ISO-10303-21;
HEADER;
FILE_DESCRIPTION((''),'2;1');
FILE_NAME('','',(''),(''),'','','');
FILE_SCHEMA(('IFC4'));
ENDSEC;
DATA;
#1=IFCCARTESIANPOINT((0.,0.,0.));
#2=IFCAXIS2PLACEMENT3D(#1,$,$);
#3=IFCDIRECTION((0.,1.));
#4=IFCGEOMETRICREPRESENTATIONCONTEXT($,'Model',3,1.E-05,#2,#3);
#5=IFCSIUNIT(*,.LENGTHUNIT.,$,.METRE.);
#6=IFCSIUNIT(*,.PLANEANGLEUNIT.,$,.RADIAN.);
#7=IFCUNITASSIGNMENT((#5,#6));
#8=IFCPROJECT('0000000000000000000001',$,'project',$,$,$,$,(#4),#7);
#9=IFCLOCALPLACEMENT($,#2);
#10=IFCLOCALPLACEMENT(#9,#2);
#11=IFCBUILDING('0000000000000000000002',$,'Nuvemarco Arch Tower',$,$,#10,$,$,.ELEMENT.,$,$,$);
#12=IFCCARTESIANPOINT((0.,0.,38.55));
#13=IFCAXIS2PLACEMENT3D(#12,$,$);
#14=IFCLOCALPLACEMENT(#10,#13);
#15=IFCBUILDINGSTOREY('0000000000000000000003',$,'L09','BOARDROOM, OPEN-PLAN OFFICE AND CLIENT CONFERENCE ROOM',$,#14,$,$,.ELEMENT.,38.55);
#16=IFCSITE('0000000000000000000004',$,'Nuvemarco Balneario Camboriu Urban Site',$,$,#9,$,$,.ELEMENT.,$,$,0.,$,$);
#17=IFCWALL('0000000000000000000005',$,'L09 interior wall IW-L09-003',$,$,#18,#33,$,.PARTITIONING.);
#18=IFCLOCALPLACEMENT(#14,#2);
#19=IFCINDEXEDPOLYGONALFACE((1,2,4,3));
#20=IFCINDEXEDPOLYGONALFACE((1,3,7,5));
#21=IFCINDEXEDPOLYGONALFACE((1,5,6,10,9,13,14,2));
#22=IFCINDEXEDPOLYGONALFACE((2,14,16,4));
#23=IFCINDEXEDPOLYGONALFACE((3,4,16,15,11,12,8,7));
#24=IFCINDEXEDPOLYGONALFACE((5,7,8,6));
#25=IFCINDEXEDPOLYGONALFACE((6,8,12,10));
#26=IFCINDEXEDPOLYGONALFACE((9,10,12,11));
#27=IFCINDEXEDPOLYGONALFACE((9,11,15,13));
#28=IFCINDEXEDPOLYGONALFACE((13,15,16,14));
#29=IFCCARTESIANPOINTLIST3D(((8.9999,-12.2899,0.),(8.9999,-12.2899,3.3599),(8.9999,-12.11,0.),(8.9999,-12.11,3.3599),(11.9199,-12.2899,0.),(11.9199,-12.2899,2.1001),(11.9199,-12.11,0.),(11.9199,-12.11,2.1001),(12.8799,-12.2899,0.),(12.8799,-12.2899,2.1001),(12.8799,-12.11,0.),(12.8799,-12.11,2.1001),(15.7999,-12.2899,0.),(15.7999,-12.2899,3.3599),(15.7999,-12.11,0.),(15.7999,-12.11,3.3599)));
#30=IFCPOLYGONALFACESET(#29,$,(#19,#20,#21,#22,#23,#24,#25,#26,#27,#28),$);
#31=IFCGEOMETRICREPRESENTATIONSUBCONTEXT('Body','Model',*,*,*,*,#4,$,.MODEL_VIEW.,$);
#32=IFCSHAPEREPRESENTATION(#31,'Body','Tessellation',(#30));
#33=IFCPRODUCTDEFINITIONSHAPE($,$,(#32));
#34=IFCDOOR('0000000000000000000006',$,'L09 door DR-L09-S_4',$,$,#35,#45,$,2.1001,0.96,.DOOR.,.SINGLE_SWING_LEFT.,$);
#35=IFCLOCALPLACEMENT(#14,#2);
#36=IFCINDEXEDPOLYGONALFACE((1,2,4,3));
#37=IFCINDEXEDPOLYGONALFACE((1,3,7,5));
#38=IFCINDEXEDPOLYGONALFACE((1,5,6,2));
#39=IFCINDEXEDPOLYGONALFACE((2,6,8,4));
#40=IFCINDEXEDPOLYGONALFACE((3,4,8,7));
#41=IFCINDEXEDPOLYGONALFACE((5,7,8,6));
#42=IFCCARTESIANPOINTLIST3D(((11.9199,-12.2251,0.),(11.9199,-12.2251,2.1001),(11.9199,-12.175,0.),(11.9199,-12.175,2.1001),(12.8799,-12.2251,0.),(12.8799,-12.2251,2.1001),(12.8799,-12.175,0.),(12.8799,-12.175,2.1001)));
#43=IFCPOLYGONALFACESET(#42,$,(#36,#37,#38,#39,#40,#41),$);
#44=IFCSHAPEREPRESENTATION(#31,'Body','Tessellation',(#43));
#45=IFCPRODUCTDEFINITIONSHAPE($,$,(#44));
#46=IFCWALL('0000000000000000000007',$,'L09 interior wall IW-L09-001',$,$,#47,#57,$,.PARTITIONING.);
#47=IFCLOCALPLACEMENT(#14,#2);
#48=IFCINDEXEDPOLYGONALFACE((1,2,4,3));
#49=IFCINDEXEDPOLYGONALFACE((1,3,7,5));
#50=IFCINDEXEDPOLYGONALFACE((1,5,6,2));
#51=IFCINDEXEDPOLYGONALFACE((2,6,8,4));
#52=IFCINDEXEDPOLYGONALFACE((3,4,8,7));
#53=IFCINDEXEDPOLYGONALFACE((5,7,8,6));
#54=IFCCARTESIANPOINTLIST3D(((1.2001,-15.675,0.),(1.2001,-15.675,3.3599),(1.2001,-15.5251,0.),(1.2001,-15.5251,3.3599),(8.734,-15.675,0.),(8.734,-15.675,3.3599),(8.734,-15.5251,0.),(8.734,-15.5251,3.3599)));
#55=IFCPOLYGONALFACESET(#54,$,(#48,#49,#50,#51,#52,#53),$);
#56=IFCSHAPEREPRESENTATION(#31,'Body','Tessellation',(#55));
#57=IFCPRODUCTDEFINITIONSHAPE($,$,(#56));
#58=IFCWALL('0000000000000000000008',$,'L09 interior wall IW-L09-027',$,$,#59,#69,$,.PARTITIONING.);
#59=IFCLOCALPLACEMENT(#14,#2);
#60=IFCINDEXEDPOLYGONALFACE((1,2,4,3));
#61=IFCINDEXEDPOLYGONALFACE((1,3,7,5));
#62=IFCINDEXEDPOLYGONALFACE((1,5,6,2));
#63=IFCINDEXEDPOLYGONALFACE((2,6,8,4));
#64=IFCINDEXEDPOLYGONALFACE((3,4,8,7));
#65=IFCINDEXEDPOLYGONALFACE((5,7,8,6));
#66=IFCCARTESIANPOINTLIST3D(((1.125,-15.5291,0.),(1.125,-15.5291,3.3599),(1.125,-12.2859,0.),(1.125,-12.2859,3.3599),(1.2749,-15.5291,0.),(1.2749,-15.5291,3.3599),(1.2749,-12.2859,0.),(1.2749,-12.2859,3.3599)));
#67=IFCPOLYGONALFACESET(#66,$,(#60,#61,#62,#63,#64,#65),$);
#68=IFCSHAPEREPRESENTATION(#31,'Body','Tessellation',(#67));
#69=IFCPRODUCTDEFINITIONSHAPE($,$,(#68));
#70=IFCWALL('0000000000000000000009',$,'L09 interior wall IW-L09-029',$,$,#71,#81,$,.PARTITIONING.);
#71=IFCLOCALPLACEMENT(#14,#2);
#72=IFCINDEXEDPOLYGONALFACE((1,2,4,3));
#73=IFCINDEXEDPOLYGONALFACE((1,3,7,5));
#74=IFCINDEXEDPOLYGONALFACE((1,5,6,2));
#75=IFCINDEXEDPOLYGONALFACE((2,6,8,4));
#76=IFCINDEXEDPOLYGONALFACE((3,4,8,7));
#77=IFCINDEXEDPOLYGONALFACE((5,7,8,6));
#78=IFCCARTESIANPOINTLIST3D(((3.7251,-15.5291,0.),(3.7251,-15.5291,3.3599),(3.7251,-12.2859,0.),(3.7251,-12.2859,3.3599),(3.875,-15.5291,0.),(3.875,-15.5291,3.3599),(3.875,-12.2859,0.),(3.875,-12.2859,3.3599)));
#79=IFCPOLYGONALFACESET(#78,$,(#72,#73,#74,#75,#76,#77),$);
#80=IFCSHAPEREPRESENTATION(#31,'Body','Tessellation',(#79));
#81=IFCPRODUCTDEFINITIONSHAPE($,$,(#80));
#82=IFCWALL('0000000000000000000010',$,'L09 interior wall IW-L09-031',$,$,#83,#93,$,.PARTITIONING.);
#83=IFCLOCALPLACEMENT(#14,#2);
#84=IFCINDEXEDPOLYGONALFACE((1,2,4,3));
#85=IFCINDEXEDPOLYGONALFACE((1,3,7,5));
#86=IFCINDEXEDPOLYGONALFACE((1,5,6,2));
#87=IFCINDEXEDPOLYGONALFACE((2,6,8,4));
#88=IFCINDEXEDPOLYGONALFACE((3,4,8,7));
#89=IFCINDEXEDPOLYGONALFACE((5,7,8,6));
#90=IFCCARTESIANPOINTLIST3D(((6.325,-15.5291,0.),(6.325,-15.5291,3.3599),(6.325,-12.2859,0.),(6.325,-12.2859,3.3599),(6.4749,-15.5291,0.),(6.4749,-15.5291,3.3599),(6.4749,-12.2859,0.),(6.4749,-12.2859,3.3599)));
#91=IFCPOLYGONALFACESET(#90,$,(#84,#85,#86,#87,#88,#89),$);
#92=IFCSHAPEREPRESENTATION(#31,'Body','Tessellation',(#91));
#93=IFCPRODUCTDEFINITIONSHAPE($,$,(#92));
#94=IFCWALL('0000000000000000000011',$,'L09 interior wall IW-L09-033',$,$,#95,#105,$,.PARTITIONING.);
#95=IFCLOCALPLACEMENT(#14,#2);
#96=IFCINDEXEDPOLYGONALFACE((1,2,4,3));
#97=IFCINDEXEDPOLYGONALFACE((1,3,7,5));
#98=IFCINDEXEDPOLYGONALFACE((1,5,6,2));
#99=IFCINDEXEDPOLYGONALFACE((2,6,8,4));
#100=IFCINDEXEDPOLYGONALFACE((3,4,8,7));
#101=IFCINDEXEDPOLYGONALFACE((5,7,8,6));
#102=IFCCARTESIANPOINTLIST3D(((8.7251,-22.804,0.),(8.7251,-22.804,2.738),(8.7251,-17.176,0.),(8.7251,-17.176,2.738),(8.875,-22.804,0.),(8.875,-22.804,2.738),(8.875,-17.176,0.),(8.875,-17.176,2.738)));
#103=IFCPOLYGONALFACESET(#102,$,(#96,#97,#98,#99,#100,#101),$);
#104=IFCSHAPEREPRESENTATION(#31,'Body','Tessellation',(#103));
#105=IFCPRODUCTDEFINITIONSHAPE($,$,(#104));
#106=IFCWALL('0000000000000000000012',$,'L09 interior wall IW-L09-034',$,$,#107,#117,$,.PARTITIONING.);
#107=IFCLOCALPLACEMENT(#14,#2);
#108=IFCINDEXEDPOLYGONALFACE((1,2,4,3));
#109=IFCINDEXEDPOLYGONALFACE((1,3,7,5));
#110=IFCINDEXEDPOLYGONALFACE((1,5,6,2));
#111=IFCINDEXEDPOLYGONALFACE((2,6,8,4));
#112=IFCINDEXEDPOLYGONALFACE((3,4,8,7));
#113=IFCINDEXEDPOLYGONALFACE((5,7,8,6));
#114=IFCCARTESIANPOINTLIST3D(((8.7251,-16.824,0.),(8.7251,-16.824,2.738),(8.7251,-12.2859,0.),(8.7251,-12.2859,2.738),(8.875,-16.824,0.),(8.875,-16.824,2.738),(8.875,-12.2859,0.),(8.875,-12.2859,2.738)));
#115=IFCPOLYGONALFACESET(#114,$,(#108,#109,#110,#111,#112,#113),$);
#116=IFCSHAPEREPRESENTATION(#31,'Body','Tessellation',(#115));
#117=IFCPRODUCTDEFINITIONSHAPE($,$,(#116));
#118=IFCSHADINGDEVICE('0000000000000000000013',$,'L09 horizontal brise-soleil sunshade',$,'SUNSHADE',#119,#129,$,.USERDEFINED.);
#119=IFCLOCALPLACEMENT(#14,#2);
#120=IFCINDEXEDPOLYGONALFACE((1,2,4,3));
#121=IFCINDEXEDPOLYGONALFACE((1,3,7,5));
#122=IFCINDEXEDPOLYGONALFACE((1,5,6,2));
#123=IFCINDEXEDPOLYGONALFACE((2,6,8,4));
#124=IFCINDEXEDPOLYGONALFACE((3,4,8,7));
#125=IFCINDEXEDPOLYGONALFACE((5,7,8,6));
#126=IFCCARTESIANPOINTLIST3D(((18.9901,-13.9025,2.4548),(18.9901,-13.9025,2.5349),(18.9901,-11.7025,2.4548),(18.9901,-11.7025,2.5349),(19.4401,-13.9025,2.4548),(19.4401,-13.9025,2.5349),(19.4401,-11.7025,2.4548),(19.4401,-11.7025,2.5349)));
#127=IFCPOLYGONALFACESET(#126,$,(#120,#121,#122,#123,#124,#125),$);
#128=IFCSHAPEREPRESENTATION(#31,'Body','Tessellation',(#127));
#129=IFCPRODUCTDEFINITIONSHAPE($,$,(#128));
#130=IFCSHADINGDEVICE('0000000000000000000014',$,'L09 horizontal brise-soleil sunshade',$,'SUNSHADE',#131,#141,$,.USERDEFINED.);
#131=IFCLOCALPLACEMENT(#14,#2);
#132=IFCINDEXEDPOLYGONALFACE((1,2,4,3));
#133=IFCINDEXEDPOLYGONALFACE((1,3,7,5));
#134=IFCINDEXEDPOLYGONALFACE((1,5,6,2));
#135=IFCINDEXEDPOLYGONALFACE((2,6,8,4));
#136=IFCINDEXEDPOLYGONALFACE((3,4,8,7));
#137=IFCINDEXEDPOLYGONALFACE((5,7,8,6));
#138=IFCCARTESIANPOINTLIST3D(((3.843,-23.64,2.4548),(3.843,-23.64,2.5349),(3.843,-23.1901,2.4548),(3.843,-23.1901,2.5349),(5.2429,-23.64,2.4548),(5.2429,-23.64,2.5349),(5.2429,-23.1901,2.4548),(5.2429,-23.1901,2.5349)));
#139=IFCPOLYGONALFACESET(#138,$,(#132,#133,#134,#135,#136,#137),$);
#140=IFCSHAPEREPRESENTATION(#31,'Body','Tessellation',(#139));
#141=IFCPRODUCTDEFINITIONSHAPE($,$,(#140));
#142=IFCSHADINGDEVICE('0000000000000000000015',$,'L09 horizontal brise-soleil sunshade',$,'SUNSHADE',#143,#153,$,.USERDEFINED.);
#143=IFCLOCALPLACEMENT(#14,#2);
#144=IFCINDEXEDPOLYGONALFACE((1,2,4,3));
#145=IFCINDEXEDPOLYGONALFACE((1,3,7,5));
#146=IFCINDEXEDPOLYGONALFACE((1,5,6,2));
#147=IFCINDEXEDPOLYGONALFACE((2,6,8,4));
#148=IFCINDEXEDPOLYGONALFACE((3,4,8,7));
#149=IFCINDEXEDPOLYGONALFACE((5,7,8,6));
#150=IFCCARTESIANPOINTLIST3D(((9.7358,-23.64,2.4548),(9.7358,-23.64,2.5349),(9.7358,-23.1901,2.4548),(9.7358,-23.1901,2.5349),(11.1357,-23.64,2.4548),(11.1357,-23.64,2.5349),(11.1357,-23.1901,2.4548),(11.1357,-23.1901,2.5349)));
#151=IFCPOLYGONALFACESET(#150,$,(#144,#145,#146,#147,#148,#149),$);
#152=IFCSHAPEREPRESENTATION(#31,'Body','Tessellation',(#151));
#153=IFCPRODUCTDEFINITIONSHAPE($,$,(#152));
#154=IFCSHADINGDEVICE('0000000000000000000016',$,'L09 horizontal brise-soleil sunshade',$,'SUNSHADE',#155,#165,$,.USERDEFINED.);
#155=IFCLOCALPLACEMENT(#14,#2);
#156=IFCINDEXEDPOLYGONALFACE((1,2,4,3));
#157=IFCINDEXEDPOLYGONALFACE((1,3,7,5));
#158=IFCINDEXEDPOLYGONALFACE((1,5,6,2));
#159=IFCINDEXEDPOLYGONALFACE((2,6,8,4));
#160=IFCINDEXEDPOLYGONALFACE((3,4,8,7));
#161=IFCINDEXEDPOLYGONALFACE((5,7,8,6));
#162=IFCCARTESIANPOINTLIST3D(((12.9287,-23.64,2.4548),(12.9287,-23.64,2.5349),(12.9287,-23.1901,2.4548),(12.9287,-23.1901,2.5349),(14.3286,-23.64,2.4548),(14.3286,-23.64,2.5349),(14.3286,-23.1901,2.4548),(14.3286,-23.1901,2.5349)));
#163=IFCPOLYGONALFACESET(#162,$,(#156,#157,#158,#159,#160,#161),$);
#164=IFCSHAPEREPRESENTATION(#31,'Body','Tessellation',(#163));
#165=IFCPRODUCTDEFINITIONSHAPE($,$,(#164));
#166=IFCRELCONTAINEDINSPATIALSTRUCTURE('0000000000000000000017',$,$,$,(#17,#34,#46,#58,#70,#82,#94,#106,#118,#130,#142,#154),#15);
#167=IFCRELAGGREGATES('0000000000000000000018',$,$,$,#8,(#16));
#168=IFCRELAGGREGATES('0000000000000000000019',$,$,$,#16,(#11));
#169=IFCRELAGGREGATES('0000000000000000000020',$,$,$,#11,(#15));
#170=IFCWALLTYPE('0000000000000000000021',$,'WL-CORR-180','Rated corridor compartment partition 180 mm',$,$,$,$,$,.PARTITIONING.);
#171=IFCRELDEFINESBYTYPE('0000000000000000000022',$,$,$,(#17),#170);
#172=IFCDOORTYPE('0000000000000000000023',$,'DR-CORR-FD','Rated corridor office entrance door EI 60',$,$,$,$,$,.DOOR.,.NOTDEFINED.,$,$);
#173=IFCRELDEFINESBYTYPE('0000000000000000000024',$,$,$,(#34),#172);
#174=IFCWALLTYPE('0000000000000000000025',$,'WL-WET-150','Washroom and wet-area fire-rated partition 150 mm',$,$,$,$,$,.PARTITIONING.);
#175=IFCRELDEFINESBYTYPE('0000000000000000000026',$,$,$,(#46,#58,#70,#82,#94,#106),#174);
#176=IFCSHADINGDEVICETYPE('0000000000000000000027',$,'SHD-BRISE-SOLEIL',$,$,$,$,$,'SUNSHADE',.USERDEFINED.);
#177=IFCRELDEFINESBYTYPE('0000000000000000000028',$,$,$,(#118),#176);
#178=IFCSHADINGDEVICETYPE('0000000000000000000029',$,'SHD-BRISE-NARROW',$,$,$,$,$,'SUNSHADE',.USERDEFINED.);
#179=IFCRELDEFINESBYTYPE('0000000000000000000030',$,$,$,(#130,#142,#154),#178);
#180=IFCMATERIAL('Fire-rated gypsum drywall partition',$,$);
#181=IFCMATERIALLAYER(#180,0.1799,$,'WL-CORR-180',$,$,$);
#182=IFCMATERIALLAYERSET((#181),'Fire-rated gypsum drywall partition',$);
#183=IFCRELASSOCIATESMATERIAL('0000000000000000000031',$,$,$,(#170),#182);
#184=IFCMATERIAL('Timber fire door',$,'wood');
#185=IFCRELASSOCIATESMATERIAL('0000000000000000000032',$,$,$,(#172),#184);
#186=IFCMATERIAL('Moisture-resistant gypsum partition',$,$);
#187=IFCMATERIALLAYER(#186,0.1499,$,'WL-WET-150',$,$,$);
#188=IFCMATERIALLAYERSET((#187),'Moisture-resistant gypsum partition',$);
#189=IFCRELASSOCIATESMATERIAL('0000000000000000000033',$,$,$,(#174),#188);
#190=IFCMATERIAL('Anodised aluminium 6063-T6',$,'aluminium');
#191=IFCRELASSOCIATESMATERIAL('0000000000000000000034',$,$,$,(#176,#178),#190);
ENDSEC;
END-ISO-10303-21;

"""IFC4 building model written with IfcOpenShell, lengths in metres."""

from ifc_helpers import new_model, si_unit, direction, frame, frame_2d, origin, origin_2d, place, context, subcontext, project, spatial, rectangle, extrude, source, transform, mapped, material, layer, layer_set, type_object, type_shapes, element, fill, save


model = new_model("IFC4")

# Units and contexts
model_context = context("Model", 3, precision=1e-05, world=origin(), true_north=direction((0.0, 1.0)))
body_context = subcontext(model_context, "Body", "Model", "MODEL_VIEW")
ifc_project = project(units=[si_unit("LENGTHUNIT", "METRE"), si_unit("PLANEANGLEUNIT", "RADIAN")], contexts=[model_context])

# Site, building, storey
site_placement = place(None, origin())
site = spatial("IfcSite", under=ifc_project, at=site_placement, Name="Nuvemarco Balneario Camboriu Urban Site", CompositionType="ELEMENT", RefElevation=0.0)
building_placement = place(site_placement, origin())
building = spatial("IfcBuilding", under=site, at=building_placement, Name="Nuvemarco Arch Tower", CompositionType="ELEMENT")
storey_placement = place(building_placement, frame((0.0, 0.0, 38.55)))
storey = spatial("IfcBuildingStorey", under=building, at=storey_placement, Name="L09", Description="BOARDROOM, OPEN-PLAN OFFICE AND CLIENT CONFERENCE ROOM", CompositionType="ELEMENT", Elevation=38.55)

# Wall, opening, door
ifc_material_1 = material(Name="Fire-rated gypsum drywall partition")
ifc_layer_1 = layer(ifc_material_1, 0.1799, Name="WL-CORR-180")
ifc_layer_set_1 = layer_set([ifc_layer_1], Name="Fire-rated gypsum drywall partition")
wall_type_1 = type_object("IfcWallType", Name="WL-CORR-180", Description="Rated corridor compartment partition 180 mm", PredefinedType="PARTITIONING", material=ifc_layer_set_1)
wall_1_placement = place(storey_placement, frame((9.0, -12.2, 0.0), z_axis=(0.0, 0.0, 1.0), x_axis=(1.0, 0.0, 0.0)))
wall_1 = element("IfcWall", 1, at=wall_1_placement, inside=storey, type_object=wall_type_1, Name="L09 interior wall IW-L09-003", PredefinedType="PARTITIONING", context=body_context, shape_type="SweptSolid", body=[
    extrude(rectangle(XDim=6.8, YDim=0.1799, at=frame_2d((3.3999, 0.0))), origin(), (0.0, 0.0, 1.0), 3.3599),
])
opening_1_placement = place(wall_1_placement, frame((2.9199, 0.0, 0.0)))
opening_1 = element("IfcOpeningElement", 2, at=opening_1_placement, cuts=wall_1, PredefinedType="OPENING", context=body_context, shape_type="SweptSolid", body=[
    extrude(rectangle(XDim=0.96, YDim=2.1001, at=frame_2d((0.48, 1.05))), frame((0.0, 0.0999, 0.0), z_axis=(0.0, -1.0, 0.0), x_axis=(1.0, 0.0, 0.0)), (0.0, 0.0, 1.0), 0.2),
])
ifc_material_2 = material(Name="Timber fire door", Category="wood")
door_type = type_object("IfcDoorType", Name="DR-CORR-FD", Description="Rated corridor office entrance door EI 60", OperationType="NOTDEFINED", PredefinedType="DOOR", material=ifc_material_2)
shared_shape_1 = source(origin(), body_context, "Body", "SweptSolid", [
    extrude(rectangle(XDim=0.96, YDim=2.1001, at=frame_2d((0.48, 1.05))), frame((0.0, 0.0249, 0.0), z_axis=(0.0, -1.0, 0.0), x_axis=(1.0, 0.0, 0.0)), (0.0, 0.0, 1.0), 0.05),
])
type_shapes(door_type, [shared_shape_1])
door_placement = place(opening_1_placement, origin())
door = element("IfcDoor", 3, at=door_placement, inside=storey, type_object=door_type, Name="L09 door DR-L09-S_4", OperationType="SINGLE_SWING_LEFT", OverallHeight=2.1001, OverallWidth=0.96, PredefinedType="DOOR", context=body_context, shape_type="MappedRepresentation", body=[
    mapped(shared_shape_1, transform((0.0, 0.0, 0.0), scale=1.0)),
])
fill(opening_1, door)

# Walls
ifc_material_3 = material(Name="Moisture-resistant gypsum partition")
ifc_layer_2 = layer(ifc_material_3, 0.1499, Name="WL-WET-150")
ifc_layer_set_2 = layer_set([ifc_layer_2], Name="Moisture-resistant gypsum partition")
wall_type_2 = type_object("IfcWallType", Name="WL-WET-150", Description="Washroom and wet-area fire-rated partition 150 mm", PredefinedType="PARTITIONING", material=ifc_layer_set_2)
wall_2_placement = place(storey_placement, frame((1.2, -15.6001, 0.0), z_axis=(0.0, 0.0, 1.0), x_axis=(1.0, 0.0, 0.0)))
element("IfcWall", 4, at=wall_2_placement, inside=storey, type_object=wall_type_2, Name="L09 interior wall IW-L09-001", PredefinedType="PARTITIONING", context=body_context, shape_type="SweptSolid", body=[
    extrude(rectangle(XDim=7.5339, YDim=0.1499, at=frame_2d((3.7671, 0.0))), origin(), (0.0, 0.0, 1.0), 3.3599),
])
for number, where, z_axis, x_axis, name in (
    (5, (1.2, -15.5291, 0.0), (0.0, 0.0, 1.0), (0.0, 1.0, 0.0), "L09 interior wall IW-L09-027"),
    (6, (3.8, -15.5291, 0.0), (0.0, 0.0, 1.0), (0.0, 1.0, 0.0), "L09 interior wall IW-L09-029"),
    (7, (6.3999, -15.5291, 0.0), (0.0, 0.0, 1.0), (0.0, 1.0, 0.0), "L09 interior wall IW-L09-031"),
):
    element("IfcWall", number, at=place(storey_placement, frame(where, z_axis=z_axis, x_axis=x_axis)), inside=storey, type_object=wall_type_2, Name=name, PredefinedType="PARTITIONING", context=body_context, shape_type="SweptSolid", body=[
        extrude(rectangle(XDim=3.2432, YDim=0.1499, at=frame_2d((1.6216, 0.0))), origin(), (0.0, 0.0, 1.0), 3.3599),
    ])
wall_3_placement = place(storey_placement, frame((8.8, -22.804, 0.0), z_axis=(0.0, 0.0, 1.0), x_axis=(0.0, 1.0, 0.0)))
element("IfcWall", 8, at=wall_3_placement, inside=storey, type_object=wall_type_2, Name="L09 interior wall IW-L09-033", PredefinedType="PARTITIONING", context=body_context, shape_type="SweptSolid", body=[
    extrude(rectangle(XDim=5.6279, YDim=0.1499, at=frame_2d((2.814, 0.0))), origin(), (0.0, 0.0, 1.0), 2.738),
])
wall_4_placement = place(storey_placement, frame((8.8, -16.824, 0.0), z_axis=(0.0, 0.0, 1.0), x_axis=(0.0, 1.0, 0.0)))
element("IfcWall", 9, at=wall_4_placement, inside=storey, type_object=wall_type_2, Name="L09 interior wall IW-L09-034", PredefinedType="PARTITIONING", context=body_context, shape_type="SweptSolid", body=[
    extrude(rectangle(XDim=4.5381, YDim=0.1499, at=frame_2d((2.269, 0.0))), origin(), (0.0, 0.0, 1.0), 2.738),
])

# Shading devices
ifc_material_4 = material(Name="Anodised aluminium 6063-T6", Category="aluminium")
shading_device_type_1 = type_object("IfcShadingDeviceType", Name="SHD-BRISE-SOLEIL", ElementType="SUNSHADE", PredefinedType="USERDEFINED", material=ifc_material_4)
shared_shape_2 = source(origin(), body_context, "Body", "SweptSolid", [
    extrude(rectangle(XDim=2.2, YDim=0.45, at=origin_2d()), origin(), (0.0, 0.0, 1.0), 0.0801),
])
type_shapes(shading_device_type_1, [shared_shape_2])
shading_device_placement = place(storey_placement, frame((19.2151, -12.8025, 2.4548), z_axis=(0.0, 0.0, 1.0), x_axis=(0.0, 1.0, 0.0)))
element("IfcShadingDevice", 10, at=shading_device_placement, inside=storey, type_object=shading_device_type_1, Name="L09 horizontal brise-soleil sunshade", ObjectType="SUNSHADE", PredefinedType="USERDEFINED", context=body_context, shape_type="MappedRepresentation", body=[
    mapped(shared_shape_2, transform((0.0, 0.0, 0.0), scale=1.0)),
])
shading_device_type_2 = type_object("IfcShadingDeviceType", Name="SHD-BRISE-NARROW", ElementType="SUNSHADE", PredefinedType="USERDEFINED", material=ifc_material_4)
shared_shape_3 = source(origin(), body_context, "Body", "SweptSolid", [
    extrude(rectangle(XDim=1.3999, YDim=0.45, at=origin_2d()), origin(), (0.0, 0.0, 1.0), 0.0801),
])
type_shapes(shading_device_type_2, [shared_shape_3])
for number, where, z_axis, x_axis, name in (
    (11, (4.543, -23.415, 2.4548), (0.0, 0.0, 1.0), (1.0, 0.0, 0.0), "L09 horizontal brise-soleil sunshade"),
    (12, (10.4358, -23.415, 2.4548), (0.0, 0.0, 1.0), (1.0, 0.0, 0.0), "L09 horizontal brise-soleil sunshade"),
    (13, (13.6287, -23.415, 2.4548), (0.0, 0.0, 1.0), (1.0, 0.0, 0.0), "L09 horizontal brise-soleil sunshade"),
):
    element("IfcShadingDevice", number, at=place(storey_placement, frame(where, z_axis=z_axis, x_axis=x_axis)), inside=storey, type_object=shading_device_type_2, Name=name, ObjectType="SUNSHADE", PredefinedType="USERDEFINED", context=body_context, shape_type="MappedRepresentation", body=[
        mapped(shared_shape_3, transform((0.0, 0.0, 0.0), scale=1.0)),
    ])

save(model, "model.ifc")
